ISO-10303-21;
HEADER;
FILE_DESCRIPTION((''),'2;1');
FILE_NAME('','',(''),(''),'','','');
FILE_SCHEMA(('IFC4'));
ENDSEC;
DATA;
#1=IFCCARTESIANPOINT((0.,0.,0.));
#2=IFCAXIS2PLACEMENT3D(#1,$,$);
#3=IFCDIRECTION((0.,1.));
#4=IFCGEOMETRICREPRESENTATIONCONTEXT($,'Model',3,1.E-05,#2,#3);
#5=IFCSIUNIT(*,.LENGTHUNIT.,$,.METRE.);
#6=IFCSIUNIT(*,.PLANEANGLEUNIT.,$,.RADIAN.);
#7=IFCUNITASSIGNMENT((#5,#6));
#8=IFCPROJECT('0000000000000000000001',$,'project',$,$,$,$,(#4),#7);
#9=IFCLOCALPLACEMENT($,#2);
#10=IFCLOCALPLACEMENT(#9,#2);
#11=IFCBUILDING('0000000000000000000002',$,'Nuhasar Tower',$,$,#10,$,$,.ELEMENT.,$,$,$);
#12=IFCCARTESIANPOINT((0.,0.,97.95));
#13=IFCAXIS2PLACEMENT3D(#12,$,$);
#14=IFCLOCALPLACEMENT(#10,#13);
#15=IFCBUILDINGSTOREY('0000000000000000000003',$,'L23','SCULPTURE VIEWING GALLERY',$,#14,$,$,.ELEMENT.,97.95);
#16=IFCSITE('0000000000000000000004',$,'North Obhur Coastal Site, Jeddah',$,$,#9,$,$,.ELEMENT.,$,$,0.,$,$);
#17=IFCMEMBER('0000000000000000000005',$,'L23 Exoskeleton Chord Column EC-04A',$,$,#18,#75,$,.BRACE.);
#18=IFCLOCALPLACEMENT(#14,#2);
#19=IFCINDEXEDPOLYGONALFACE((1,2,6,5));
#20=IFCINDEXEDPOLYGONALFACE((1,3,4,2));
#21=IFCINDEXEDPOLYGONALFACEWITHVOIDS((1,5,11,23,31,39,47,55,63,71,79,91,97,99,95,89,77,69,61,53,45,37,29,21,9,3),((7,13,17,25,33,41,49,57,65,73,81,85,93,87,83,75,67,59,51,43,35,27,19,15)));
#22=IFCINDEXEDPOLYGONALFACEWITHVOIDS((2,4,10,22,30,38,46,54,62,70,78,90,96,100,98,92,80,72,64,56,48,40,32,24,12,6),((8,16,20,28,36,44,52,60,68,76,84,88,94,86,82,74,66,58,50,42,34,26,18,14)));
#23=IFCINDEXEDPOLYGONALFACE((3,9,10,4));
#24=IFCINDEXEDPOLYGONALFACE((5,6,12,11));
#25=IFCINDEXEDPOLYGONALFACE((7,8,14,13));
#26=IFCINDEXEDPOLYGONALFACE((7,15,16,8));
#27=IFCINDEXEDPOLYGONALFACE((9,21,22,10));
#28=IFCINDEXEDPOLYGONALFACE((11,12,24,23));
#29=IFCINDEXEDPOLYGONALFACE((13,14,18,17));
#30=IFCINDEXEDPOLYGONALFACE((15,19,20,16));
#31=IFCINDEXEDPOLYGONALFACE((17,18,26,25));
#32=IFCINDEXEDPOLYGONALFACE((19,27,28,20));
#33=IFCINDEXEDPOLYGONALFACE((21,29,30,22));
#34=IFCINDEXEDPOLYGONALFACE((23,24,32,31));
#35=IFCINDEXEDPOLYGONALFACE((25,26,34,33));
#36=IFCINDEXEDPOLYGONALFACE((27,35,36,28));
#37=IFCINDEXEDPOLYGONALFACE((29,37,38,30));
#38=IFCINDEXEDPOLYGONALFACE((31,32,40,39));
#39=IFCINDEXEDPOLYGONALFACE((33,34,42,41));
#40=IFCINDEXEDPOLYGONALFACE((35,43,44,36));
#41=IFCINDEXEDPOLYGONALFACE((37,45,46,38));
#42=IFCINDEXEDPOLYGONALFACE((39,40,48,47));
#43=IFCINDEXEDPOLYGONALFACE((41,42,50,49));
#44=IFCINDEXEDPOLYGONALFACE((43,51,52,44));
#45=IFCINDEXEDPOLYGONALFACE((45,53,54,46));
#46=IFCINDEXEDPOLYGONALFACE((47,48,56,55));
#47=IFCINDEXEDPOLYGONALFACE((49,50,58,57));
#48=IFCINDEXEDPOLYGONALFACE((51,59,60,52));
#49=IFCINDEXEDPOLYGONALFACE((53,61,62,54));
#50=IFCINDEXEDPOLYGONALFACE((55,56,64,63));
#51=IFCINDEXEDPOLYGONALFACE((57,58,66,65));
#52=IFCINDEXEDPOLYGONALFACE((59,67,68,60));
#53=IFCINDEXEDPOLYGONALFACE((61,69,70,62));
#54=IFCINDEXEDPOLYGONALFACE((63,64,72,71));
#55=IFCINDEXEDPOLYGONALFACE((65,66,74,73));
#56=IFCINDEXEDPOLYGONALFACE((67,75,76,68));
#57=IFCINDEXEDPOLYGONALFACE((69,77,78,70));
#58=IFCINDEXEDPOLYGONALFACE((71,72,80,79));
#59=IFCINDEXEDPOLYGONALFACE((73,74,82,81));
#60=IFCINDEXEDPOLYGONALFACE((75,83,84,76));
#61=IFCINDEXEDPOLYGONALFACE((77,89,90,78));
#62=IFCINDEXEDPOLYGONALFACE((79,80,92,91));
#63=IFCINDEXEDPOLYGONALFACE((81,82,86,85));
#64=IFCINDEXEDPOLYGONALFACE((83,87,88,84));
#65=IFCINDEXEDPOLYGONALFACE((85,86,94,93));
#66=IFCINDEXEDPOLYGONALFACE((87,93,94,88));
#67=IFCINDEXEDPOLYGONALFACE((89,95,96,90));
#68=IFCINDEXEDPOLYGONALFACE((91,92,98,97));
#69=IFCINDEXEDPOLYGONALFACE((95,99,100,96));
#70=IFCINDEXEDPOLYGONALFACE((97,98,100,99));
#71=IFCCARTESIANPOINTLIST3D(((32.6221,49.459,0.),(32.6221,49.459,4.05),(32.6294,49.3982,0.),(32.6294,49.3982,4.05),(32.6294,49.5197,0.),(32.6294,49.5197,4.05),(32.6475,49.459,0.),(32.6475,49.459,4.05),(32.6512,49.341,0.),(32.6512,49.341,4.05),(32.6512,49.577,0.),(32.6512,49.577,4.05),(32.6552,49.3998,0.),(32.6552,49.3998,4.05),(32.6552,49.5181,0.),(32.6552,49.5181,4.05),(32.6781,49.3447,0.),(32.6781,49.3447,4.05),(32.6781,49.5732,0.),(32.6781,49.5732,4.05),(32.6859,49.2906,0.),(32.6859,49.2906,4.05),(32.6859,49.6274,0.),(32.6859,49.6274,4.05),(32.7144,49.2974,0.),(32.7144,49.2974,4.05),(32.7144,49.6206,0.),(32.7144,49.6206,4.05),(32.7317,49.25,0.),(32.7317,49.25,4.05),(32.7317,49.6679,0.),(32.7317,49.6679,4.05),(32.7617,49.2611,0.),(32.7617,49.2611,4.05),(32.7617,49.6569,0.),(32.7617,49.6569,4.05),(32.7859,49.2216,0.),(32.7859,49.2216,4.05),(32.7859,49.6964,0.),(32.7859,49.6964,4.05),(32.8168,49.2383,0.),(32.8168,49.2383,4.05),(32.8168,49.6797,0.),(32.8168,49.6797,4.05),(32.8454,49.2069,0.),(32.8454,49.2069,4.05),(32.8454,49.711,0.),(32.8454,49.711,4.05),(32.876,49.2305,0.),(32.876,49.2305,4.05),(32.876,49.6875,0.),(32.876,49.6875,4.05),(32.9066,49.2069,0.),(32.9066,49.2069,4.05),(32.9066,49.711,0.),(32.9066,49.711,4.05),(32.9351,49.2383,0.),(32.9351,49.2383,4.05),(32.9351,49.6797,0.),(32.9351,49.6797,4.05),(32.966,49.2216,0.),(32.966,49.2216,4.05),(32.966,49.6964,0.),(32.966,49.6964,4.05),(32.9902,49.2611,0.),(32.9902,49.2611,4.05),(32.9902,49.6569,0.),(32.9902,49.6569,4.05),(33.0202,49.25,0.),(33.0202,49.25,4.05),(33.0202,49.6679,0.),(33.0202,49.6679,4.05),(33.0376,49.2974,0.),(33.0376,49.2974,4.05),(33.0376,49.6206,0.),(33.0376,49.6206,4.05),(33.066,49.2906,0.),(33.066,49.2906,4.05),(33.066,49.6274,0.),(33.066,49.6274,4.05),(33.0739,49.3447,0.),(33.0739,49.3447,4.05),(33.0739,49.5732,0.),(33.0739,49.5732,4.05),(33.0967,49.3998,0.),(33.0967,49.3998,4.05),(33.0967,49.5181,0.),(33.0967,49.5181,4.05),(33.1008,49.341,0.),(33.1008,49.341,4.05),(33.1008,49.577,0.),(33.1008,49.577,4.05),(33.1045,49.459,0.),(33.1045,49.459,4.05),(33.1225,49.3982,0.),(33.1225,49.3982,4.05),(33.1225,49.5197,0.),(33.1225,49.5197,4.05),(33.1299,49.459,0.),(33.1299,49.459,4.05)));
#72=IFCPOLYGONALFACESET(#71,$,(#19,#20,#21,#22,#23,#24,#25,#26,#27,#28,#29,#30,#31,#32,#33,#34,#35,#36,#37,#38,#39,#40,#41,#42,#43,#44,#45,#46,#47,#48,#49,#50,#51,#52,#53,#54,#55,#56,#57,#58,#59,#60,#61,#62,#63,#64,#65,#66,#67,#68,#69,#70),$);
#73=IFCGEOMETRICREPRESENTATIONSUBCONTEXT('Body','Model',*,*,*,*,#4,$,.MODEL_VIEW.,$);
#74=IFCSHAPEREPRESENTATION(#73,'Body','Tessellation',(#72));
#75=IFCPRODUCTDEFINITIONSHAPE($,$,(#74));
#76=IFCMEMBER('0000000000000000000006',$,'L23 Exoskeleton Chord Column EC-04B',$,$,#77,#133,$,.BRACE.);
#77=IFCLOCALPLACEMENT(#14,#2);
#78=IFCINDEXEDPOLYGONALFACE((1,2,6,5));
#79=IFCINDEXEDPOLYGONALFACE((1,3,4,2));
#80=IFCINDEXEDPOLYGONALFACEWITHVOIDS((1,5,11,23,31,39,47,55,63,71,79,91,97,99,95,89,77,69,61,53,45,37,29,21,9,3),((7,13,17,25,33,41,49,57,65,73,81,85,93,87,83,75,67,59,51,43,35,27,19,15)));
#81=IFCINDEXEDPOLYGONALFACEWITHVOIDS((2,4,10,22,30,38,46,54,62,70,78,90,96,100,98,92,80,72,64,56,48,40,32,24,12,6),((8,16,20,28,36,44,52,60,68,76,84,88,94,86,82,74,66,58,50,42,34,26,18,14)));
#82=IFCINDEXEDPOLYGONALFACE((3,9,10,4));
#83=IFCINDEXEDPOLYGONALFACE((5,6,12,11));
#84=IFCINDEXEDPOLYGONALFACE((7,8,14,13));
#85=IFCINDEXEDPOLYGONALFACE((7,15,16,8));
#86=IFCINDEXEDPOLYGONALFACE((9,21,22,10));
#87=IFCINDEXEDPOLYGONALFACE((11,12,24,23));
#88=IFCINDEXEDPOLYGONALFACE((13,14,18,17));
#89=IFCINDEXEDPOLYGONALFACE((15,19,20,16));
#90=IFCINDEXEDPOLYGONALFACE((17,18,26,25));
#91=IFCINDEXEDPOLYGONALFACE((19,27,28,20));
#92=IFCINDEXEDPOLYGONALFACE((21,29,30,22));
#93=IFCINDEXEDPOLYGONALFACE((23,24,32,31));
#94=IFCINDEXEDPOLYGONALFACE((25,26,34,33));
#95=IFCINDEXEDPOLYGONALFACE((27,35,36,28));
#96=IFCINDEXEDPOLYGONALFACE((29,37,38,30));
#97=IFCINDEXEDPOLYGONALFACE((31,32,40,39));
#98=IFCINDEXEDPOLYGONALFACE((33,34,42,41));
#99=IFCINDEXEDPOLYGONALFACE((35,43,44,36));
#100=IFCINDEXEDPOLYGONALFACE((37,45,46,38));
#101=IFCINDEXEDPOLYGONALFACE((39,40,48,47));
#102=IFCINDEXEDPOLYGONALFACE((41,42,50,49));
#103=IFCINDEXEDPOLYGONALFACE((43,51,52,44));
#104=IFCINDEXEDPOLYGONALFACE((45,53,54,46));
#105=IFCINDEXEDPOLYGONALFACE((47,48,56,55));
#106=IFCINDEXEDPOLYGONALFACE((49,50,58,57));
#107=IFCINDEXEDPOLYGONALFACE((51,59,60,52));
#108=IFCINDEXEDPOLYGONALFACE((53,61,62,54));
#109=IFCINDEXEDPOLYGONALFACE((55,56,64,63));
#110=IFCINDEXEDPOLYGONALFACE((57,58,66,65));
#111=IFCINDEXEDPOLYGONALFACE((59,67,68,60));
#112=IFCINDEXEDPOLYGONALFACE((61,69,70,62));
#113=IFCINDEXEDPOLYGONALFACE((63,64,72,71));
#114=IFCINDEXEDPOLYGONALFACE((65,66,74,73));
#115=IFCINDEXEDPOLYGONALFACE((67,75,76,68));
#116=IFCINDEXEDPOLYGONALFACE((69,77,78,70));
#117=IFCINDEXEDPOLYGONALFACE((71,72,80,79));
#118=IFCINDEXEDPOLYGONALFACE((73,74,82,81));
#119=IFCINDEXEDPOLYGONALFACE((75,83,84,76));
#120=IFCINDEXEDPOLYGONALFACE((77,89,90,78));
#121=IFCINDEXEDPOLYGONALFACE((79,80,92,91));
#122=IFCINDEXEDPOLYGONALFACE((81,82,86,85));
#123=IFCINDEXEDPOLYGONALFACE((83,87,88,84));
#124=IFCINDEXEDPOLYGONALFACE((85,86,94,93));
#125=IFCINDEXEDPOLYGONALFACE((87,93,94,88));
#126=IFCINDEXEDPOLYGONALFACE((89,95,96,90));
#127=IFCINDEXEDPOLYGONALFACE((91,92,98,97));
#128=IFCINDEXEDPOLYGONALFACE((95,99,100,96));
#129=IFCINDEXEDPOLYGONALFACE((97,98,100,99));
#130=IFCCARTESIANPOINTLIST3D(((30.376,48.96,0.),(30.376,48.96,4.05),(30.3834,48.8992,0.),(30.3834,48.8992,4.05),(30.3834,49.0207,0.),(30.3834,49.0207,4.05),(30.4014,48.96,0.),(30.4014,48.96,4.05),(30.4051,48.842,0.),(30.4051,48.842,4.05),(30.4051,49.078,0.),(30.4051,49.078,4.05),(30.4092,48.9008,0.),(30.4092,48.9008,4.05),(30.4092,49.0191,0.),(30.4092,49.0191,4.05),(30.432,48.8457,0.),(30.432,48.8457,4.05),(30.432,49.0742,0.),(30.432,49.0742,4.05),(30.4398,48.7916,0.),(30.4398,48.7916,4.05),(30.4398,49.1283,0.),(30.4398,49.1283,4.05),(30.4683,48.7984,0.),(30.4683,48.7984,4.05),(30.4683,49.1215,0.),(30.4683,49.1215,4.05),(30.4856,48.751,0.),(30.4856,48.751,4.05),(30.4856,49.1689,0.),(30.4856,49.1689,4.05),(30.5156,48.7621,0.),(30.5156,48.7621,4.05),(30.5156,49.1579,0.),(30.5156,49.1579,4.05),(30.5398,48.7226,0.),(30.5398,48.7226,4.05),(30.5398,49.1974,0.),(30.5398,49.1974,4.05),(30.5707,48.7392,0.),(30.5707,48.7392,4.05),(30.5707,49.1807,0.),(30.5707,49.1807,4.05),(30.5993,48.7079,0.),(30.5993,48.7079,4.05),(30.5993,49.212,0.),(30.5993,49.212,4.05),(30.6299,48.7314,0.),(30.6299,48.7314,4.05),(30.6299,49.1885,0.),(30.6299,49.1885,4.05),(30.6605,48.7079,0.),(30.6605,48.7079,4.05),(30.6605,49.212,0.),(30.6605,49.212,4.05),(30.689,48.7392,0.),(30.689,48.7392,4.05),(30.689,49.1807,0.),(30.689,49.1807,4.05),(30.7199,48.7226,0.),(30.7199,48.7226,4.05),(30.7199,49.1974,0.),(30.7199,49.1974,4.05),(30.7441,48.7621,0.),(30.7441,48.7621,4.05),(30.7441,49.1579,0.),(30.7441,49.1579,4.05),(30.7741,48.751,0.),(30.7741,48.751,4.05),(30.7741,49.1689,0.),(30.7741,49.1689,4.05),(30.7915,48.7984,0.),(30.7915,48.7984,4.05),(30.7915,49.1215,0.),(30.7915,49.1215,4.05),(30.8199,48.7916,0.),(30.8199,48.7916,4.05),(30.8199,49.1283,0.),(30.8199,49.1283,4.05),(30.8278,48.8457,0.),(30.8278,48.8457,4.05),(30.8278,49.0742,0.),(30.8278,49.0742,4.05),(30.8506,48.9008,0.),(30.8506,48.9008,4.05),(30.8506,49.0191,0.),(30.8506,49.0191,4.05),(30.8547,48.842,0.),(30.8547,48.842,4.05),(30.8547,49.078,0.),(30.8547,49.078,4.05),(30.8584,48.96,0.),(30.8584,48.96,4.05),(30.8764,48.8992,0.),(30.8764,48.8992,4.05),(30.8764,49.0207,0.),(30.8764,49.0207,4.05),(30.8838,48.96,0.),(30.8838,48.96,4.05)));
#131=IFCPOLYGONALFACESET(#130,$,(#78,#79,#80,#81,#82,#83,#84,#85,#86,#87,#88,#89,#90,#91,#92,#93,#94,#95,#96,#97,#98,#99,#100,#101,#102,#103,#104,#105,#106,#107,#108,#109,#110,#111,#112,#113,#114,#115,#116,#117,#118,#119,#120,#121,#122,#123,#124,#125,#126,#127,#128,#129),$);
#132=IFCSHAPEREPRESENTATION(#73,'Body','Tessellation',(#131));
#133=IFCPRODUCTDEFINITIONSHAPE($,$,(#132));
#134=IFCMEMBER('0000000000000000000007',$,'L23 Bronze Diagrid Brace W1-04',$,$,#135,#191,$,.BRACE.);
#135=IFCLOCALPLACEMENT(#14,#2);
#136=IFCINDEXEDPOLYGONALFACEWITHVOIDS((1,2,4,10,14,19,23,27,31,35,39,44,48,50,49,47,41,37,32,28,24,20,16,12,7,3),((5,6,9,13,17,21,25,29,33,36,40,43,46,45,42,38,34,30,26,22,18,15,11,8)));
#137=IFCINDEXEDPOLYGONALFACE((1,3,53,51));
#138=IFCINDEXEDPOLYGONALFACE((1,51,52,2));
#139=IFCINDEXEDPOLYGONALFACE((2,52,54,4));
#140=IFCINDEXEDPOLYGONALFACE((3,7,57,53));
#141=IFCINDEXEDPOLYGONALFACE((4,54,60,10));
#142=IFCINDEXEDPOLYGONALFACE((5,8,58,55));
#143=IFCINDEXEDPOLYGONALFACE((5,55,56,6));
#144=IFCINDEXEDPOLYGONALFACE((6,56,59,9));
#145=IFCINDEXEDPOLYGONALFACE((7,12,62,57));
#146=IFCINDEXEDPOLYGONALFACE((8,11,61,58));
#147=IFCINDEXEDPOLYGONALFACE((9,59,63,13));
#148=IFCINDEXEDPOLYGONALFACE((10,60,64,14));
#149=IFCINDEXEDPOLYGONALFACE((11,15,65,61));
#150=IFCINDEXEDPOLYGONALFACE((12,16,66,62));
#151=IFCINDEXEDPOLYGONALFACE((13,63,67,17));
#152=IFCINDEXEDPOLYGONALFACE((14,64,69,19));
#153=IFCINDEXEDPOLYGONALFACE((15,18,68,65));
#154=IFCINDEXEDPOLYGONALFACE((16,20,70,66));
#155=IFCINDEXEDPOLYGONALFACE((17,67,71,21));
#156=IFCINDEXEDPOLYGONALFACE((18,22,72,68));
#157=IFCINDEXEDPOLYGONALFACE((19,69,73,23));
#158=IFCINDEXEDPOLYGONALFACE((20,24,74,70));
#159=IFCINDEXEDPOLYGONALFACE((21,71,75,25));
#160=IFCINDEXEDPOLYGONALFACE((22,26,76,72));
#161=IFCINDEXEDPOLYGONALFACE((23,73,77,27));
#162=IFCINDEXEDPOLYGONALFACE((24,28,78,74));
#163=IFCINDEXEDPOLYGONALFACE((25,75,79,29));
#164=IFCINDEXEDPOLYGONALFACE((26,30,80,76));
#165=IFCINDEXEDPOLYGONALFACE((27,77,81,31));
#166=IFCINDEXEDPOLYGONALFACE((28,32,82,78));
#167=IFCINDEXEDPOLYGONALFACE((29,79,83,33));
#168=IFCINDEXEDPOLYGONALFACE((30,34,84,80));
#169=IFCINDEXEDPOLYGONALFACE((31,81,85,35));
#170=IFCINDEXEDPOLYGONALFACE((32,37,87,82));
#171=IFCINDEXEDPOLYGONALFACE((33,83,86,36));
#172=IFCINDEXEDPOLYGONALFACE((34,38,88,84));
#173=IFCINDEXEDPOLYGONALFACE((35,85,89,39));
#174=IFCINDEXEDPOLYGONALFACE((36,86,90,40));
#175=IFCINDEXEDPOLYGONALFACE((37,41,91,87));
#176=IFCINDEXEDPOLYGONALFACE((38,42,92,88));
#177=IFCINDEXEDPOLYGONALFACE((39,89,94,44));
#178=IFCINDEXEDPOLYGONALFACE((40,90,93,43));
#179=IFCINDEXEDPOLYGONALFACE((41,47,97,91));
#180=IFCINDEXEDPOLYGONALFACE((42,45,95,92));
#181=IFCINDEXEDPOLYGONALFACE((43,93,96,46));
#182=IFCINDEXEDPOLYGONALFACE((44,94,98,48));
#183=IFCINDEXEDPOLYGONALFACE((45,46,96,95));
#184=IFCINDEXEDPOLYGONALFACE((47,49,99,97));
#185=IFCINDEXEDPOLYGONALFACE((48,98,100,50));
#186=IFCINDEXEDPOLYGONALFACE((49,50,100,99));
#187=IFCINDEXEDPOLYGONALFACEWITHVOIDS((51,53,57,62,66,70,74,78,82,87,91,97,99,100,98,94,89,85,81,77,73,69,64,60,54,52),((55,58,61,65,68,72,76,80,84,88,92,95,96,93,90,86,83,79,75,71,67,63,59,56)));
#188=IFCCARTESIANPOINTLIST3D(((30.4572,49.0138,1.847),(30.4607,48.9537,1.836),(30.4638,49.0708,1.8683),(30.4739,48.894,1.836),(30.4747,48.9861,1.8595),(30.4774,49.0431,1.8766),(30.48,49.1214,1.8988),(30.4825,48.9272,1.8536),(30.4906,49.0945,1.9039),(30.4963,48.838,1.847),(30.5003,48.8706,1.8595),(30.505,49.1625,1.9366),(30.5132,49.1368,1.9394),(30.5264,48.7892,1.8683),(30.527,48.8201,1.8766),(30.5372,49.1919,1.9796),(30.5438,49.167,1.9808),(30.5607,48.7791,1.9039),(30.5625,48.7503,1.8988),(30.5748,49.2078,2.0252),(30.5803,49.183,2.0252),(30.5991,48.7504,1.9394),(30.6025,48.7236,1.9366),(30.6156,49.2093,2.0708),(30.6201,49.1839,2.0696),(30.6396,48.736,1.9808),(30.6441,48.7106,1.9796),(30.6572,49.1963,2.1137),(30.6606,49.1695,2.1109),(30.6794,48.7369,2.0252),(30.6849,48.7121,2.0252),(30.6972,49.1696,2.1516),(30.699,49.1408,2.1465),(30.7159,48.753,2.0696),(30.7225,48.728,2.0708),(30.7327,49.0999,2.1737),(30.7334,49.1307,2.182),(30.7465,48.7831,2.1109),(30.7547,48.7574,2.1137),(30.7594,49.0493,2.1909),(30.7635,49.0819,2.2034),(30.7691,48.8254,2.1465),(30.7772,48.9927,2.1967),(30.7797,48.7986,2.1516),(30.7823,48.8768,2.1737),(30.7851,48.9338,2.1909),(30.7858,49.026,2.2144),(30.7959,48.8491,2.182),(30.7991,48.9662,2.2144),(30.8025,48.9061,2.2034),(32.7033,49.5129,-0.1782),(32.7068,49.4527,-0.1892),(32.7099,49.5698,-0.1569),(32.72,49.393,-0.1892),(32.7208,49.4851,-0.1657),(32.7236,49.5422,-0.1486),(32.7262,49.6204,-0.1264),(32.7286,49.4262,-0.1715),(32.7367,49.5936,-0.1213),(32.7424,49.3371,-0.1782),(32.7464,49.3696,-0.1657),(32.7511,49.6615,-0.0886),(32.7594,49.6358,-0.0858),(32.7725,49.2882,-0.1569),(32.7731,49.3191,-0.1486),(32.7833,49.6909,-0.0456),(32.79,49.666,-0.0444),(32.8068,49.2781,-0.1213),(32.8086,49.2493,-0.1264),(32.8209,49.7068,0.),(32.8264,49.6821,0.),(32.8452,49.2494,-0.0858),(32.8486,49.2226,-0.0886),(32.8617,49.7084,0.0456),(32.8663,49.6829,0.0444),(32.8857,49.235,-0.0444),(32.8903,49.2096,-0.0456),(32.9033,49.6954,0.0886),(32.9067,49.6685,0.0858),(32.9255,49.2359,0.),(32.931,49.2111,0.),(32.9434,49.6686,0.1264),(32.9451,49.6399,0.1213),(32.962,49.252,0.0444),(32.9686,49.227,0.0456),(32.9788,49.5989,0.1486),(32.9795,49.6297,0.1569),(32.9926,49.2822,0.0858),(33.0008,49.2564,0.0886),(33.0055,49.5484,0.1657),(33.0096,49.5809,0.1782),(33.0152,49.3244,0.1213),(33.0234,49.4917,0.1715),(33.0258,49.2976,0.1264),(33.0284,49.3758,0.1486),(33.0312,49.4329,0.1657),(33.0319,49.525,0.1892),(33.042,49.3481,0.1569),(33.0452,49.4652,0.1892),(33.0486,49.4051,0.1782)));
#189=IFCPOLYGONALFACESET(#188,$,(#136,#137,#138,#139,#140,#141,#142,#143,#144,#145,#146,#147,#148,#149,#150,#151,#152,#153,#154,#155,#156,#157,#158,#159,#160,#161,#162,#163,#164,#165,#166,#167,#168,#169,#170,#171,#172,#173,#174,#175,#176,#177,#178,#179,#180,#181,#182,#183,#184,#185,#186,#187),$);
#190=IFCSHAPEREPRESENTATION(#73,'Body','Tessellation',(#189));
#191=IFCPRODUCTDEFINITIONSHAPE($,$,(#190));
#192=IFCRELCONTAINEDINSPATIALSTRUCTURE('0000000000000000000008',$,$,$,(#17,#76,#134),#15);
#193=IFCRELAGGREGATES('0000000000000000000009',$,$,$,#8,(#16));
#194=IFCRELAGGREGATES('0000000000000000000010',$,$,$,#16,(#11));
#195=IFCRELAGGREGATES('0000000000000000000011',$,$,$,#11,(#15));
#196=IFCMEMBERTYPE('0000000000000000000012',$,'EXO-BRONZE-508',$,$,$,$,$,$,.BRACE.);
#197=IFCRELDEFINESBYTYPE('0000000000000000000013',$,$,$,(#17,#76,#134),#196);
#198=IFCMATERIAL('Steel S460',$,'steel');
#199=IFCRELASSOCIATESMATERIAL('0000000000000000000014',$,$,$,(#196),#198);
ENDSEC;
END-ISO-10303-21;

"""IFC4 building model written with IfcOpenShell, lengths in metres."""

from ifc_helpers import new_model, si_unit, direction, frame, origin, origin_2d, place, context, subcontext, project, spatial, hollow_circle, extrude, material, material_profile, profile_set, type_object, element, save


model = new_model("IFC4")

# Units and contexts
model_context = context("Model", 3, precision=1e-05, world=origin(), true_north=direction((0.0, 1.0)))
body_context = subcontext(model_context, "Body", "Model", "MODEL_VIEW")
ifc_project = project(units=[si_unit("LENGTHUNIT", "METRE"), si_unit("PLANEANGLEUNIT", "RADIAN")], contexts=[model_context])

# Site, building, storey
site_placement = place(None, origin())
site = spatial("IfcSite", under=ifc_project, at=site_placement, Name="North Obhur Coastal Site, Jeddah", CompositionType="ELEMENT", RefElevation=0.0)
building_placement = place(site_placement, origin())
building = spatial("IfcBuilding", under=site, at=building_placement, Name="Nuhasar Tower", CompositionType="ELEMENT")
storey_placement = place(building_placement, frame((0.0, 0.0, 97.95)))
storey = spatial("IfcBuildingStorey", under=building, at=storey_placement, Name="L23", Description="SCULPTURE VIEWING GALLERY", CompositionType="ELEMENT", Elevation=97.95)

# Members
ifc_material_1 = material(Name="Steel S460", Category="steel")
ifc_material_profile_1 = material_profile(ifc_material_1, hollow_circle(Radius=0.2539, WallThickness=0.0254, at=origin_2d()), Name="HSS508X25.4")
ifc_profile_set_1 = profile_set([ifc_material_profile_1], Name="Steel S460")
member_type_1 = type_object("IfcMemberType", Name="EXO-BRONZE-508", PredefinedType="BRACE", material=ifc_profile_set_1)
for number, where, z_axis, x_axis, name in (
    (1, (32.876, 49.459, 0.0), (0.0, 0.0, 1.0), (1.0, 0.0, 0.0), "L23 Exoskeleton Chord Column EC-04A"),
    (2, (30.6299, 48.96, 0.0), (0.0, 0.0, 1.0), (1.0, 0.0, 0.0), "L23 Exoskeleton Chord Column EC-04B"),
):
    element("IfcMember", number, at=place(storey_placement, frame(where, z_axis=z_axis, x_axis=x_axis)), inside=storey, type_object=member_type_1, Name=name, PredefinedType="BRACE", context=body_context, shape_type="SweptSolid", body=[
        extrude(hollow_circle(Radius=0.2539, WallThickness=0.0254, at=origin_2d()), origin(), (0.0, 0.0, 1.0), 4.05),
    ])
member_1_placement = place(storey_placement, frame((32.876, 49.459, 0.0), z_axis=(-0.732783, -0.162805, 0.660699), x_axis=(0.216886, -0.976197, 0.0)))
element("IfcMember", 3, at=member_1_placement, inside=storey, type_object=member_type_1, Name="L23 Bronze Diagrid Brace W1-04", PredefinedType="BRACE", context=body_context, shape_type="SweptSolid", body=[
    extrude(hollow_circle(Radius=0.2539, WallThickness=0.0254, at=origin_2d()), origin(), (0.0, 0.0, 1.0), 3.0652),
])

save(model, "model.ifc")
